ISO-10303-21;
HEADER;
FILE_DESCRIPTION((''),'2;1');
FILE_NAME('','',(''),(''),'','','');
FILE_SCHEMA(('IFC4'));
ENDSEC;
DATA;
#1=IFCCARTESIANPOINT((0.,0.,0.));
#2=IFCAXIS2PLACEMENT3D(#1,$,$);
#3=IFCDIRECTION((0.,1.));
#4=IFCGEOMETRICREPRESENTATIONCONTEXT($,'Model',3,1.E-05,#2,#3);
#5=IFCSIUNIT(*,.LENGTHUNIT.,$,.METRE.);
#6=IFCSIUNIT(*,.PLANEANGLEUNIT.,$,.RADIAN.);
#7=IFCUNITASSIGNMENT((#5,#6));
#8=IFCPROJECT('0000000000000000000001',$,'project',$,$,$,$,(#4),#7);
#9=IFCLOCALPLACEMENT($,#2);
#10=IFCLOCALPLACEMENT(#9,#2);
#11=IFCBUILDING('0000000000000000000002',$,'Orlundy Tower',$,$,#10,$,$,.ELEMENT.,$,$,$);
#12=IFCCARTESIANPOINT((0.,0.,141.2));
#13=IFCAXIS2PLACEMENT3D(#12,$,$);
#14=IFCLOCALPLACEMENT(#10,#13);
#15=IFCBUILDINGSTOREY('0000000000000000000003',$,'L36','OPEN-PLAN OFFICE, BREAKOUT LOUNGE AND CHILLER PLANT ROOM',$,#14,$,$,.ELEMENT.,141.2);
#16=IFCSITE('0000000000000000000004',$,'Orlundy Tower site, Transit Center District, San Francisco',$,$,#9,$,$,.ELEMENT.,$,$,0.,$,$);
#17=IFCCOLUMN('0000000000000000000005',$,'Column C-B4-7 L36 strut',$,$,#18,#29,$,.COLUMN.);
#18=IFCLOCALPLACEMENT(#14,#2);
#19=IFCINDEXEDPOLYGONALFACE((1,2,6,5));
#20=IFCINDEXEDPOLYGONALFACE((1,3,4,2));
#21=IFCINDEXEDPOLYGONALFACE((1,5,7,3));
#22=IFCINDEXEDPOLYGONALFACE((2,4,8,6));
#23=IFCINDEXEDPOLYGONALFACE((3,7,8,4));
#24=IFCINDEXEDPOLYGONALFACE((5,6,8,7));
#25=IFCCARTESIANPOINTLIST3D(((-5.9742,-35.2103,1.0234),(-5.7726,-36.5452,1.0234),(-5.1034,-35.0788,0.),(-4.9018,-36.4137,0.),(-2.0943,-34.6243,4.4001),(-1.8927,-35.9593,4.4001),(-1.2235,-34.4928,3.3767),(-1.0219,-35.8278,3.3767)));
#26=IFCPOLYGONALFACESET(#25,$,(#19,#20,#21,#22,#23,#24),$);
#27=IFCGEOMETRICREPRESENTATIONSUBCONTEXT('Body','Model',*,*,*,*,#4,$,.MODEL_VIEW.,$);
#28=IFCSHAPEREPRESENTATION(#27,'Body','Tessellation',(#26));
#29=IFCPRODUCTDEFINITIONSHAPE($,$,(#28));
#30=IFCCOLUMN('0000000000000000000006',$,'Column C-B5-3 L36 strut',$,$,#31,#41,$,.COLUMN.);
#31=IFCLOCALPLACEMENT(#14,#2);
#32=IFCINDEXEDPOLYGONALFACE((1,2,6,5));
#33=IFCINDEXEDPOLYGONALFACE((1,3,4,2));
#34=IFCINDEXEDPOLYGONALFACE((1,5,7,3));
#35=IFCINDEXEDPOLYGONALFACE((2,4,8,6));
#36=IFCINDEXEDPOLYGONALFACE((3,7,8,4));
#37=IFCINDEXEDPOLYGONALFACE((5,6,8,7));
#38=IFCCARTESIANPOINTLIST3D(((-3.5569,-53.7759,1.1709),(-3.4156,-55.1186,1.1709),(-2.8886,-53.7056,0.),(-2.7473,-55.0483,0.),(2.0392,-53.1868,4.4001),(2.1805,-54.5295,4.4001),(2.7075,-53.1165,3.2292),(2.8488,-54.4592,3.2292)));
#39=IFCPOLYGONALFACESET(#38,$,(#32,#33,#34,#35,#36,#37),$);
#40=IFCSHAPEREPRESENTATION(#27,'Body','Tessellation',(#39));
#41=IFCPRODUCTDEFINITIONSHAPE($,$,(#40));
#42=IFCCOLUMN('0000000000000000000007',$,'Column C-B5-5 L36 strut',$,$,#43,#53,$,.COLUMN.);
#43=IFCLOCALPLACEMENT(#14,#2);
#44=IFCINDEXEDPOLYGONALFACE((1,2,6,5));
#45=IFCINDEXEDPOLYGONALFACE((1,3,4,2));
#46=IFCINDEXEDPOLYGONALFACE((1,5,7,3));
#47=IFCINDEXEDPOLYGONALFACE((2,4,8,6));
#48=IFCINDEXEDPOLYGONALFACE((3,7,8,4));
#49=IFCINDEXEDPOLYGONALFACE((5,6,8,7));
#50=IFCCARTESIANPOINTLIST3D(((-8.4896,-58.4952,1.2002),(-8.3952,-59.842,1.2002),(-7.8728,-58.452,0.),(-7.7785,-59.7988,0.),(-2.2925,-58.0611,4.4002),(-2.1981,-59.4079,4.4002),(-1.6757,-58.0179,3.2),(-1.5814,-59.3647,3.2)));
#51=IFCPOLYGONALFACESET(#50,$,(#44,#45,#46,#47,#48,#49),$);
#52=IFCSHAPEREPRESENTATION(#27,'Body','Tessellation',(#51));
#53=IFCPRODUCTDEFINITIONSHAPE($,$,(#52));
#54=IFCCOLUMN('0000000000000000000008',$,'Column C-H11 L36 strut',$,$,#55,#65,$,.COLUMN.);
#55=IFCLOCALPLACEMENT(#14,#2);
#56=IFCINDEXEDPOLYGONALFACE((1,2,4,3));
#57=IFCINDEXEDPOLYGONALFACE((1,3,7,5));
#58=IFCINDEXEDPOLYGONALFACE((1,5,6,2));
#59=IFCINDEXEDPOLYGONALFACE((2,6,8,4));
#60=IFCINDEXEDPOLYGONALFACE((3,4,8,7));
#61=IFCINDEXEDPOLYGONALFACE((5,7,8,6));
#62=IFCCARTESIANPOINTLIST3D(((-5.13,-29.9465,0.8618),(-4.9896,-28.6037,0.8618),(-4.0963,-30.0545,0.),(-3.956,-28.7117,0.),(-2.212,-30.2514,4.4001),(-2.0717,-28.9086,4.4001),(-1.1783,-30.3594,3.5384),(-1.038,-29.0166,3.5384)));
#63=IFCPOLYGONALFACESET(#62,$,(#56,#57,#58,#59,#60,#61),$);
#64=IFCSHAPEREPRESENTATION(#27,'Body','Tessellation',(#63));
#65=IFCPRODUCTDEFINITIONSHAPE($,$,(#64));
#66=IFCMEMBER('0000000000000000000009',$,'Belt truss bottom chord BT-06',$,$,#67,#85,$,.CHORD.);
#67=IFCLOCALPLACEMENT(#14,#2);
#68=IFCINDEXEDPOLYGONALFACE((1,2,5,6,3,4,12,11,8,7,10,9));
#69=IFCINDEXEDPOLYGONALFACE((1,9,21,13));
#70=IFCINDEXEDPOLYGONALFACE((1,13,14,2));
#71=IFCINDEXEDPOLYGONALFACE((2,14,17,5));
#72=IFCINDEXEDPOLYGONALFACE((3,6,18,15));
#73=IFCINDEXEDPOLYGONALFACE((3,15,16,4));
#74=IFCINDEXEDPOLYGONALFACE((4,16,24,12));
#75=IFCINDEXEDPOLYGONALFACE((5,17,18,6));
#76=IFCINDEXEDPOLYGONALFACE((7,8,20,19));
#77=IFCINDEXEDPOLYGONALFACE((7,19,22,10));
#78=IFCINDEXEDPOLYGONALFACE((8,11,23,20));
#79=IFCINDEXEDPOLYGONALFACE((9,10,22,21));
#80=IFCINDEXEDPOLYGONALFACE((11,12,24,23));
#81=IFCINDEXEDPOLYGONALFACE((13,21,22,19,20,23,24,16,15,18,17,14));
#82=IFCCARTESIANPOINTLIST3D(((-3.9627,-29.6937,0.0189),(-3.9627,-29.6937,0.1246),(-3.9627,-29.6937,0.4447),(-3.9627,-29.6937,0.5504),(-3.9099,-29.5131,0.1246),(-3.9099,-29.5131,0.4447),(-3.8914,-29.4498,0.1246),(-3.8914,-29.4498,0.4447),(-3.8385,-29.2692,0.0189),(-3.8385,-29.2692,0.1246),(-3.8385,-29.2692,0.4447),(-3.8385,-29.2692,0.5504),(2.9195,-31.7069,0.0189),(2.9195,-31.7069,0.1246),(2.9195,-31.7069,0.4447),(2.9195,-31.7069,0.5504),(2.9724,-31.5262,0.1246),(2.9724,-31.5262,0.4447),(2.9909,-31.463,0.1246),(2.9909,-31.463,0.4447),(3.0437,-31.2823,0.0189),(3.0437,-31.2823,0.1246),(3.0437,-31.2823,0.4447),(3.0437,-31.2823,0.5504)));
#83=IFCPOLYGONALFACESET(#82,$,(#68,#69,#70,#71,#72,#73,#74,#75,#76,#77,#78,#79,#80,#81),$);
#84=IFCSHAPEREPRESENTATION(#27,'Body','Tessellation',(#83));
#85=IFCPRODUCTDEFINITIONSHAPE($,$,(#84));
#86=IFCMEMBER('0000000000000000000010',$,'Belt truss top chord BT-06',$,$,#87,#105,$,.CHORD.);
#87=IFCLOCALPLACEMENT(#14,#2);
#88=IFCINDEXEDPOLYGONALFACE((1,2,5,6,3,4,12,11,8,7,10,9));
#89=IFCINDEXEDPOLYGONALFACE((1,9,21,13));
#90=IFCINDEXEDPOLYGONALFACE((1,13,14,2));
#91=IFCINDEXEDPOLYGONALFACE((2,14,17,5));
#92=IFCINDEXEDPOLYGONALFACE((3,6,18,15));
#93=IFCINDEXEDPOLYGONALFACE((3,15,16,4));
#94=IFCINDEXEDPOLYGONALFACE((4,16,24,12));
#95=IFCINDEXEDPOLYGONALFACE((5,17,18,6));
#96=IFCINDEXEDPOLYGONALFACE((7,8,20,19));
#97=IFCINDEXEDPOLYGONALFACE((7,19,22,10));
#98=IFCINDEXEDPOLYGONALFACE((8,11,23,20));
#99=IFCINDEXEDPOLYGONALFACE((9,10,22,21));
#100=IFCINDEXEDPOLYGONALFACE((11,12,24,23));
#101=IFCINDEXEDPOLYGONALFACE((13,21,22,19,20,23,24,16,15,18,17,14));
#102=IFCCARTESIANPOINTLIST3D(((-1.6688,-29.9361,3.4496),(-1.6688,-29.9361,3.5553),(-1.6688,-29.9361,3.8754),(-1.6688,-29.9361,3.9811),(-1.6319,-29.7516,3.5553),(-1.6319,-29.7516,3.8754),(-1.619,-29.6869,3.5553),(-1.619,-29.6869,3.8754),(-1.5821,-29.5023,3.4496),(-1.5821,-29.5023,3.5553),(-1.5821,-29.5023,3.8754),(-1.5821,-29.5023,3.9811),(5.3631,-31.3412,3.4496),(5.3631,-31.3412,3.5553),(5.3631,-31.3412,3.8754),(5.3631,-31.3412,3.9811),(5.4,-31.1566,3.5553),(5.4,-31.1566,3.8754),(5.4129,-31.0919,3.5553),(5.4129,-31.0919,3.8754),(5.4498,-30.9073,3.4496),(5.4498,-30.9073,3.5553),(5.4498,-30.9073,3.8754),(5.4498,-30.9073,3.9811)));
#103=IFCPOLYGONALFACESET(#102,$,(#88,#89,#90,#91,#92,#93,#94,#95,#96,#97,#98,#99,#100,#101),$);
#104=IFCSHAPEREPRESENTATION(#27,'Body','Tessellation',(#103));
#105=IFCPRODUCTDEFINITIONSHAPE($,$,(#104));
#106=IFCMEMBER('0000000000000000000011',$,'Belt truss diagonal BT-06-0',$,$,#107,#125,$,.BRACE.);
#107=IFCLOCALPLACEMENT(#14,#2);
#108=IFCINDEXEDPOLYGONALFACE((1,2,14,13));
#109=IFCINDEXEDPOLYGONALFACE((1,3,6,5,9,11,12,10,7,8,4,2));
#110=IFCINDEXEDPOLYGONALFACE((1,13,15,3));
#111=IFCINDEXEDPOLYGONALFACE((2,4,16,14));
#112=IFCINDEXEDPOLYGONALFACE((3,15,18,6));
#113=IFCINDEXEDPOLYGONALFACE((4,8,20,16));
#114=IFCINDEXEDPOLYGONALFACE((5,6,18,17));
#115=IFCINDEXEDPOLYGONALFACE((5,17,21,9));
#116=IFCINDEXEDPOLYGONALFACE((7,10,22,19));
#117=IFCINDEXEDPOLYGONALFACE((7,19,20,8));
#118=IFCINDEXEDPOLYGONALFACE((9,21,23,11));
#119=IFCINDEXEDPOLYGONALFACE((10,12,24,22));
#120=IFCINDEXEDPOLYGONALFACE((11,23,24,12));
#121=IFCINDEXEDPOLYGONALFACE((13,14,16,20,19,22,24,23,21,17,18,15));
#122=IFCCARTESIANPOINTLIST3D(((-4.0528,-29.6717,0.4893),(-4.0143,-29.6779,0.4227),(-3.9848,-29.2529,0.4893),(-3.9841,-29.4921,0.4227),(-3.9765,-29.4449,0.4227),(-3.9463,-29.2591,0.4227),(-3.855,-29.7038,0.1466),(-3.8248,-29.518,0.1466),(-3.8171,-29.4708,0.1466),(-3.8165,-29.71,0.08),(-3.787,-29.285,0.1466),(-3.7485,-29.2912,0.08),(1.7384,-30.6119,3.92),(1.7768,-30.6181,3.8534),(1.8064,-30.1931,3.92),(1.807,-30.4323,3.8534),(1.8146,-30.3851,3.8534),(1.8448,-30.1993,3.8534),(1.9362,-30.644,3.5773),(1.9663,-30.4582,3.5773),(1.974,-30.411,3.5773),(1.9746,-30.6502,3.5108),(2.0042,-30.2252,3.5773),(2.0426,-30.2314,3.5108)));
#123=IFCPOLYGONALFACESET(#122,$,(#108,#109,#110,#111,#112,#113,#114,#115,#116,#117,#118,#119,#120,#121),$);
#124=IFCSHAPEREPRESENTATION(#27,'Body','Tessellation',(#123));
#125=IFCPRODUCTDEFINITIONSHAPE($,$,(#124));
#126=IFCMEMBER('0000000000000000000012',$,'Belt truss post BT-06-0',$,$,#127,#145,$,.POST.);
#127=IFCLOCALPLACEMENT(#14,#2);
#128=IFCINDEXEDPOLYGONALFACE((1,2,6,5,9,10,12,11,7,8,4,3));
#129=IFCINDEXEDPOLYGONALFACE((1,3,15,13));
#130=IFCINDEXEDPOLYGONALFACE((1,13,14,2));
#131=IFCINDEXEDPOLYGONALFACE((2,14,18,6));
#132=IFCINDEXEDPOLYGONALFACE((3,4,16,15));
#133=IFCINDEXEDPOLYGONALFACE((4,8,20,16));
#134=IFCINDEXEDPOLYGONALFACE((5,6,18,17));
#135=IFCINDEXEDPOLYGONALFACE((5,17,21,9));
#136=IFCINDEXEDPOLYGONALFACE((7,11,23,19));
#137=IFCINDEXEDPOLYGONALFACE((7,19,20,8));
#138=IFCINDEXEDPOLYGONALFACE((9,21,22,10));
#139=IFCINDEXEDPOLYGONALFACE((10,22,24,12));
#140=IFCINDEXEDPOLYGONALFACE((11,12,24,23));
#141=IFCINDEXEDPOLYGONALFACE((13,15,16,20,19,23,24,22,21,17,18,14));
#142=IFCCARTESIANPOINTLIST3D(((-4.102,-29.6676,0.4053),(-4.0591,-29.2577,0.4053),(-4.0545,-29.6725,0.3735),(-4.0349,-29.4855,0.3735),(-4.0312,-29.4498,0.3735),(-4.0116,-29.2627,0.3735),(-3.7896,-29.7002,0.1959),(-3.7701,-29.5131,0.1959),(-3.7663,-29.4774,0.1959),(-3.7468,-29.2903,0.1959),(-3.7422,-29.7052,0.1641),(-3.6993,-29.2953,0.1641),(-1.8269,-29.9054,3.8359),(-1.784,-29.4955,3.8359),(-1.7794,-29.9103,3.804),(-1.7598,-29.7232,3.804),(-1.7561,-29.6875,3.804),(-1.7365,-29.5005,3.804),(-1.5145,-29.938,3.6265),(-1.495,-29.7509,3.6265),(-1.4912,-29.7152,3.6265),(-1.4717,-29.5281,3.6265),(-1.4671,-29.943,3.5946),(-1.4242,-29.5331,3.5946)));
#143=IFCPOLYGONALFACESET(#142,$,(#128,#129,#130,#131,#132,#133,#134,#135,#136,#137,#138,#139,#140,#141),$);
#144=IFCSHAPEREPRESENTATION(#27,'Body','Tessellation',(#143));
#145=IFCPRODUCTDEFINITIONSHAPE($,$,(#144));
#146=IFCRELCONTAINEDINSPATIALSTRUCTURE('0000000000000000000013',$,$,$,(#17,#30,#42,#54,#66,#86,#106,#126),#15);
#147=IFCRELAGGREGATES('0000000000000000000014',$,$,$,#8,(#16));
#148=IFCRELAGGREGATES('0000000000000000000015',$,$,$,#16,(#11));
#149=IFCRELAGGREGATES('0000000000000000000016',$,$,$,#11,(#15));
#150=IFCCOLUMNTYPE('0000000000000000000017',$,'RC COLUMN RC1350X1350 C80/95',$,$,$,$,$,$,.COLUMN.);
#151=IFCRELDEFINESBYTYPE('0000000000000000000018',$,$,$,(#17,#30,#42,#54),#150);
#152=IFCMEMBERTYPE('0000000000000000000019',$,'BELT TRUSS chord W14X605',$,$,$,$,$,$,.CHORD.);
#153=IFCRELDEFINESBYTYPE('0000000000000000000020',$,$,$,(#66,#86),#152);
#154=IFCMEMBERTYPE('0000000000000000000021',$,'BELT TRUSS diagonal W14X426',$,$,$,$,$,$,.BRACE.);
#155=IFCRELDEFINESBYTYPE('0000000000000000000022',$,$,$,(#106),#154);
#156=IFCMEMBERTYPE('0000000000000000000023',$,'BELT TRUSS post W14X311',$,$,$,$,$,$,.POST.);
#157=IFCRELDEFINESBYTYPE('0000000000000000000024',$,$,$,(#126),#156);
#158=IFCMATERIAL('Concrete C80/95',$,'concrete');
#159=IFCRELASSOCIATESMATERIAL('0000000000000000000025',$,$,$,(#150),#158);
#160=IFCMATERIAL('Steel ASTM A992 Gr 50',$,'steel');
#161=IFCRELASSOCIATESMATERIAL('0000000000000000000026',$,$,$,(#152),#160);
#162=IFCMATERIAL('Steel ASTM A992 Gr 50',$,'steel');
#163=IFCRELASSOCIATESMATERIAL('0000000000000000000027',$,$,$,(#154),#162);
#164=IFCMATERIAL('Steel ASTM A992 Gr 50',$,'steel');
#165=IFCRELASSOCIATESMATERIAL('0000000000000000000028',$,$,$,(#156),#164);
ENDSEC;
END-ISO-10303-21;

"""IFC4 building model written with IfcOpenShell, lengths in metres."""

from ifc_helpers import new_model, si_unit, direction, frame, origin, origin_2d, place, context, subcontext, project, spatial, rectangle, i_section, extrude, material, material_profile, profile_set, type_object, element, save


model = new_model("IFC4")

# Units and contexts
model_context = context("Model", 3, precision=1e-05, world=origin(), true_north=direction((0.0, 1.0)))
body_context = subcontext(model_context, "Body", "Model", "MODEL_VIEW")
ifc_project = project(units=[si_unit("LENGTHUNIT", "METRE"), si_unit("PLANEANGLEUNIT", "RADIAN")], contexts=[model_context])

# Site, building, storey
site_placement = place(None, origin())
site = spatial("IfcSite", under=ifc_project, at=site_placement, Name="Orlundy Tower site, Transit Center District, San Francisco", CompositionType="ELEMENT", RefElevation=0.0)
building_placement = place(site_placement, origin())
building = spatial("IfcBuilding", under=site, at=building_placement, Name="Orlundy Tower", CompositionType="ELEMENT")
storey_placement = place(building_placement, frame((0.0, 0.0, 141.2)))
storey = spatial("IfcBuildingStorey", under=building, at=storey_placement, Name="L36", Description="OPEN-PLAN OFFICE, BREAKOUT LOUNGE AND CHILLER PLANT ROOM", CompositionType="ELEMENT", Elevation=141.2)

# Columns
ifc_material_1 = material(Name="Concrete C80/95", Category="concrete")
ifc_material_profile_1 = material_profile(ifc_material_1, rectangle(XDim=1.3501, YDim=1.3501, at=origin_2d()), Name="RC1350X1350")
ifc_profile_set_1 = profile_set([ifc_material_profile_1], Name="Concrete C80/95")
column_type = type_object("IfcColumnType", Name="RC COLUMN RC1350X1350 C80/95", PredefinedType="COLUMN", material=ifc_profile_set_1)
column_1_placement = place(storey_placement, frame((-5.438, -35.812, 0.5117), z_axis=(0.749479, 0.113186, 0.652281), x_axis=(-0.149326, 0.988788, 0.0)))
element("IfcColumn", 1, at=column_1_placement, inside=storey, type_object=column_type, Name="Column C-B4-7 L36 strut", PredefinedType="COLUMN", context=body_context, shape_type="SweptSolid", body=[
    extrude(rectangle(XDim=1.3501, YDim=1.3501, at=origin_2d()), origin(), (0.0, 0.0, 1.0), 5.1768),
])
column_2_placement = place(storey_placement, frame((-3.1521, -54.4121, 0.5854), z_axis=(0.862562, 0.090802, 0.497736), x_axis=(-0.104692, 0.994505, 0.0)))
element("IfcColumn", 2, at=column_2_placement, inside=storey, type_object=column_type, Name="Column C-B5-3 L36 strut", PredefinedType="COLUMN", context=body_context, shape_type="SweptSolid", body=[
    extrude(rectangle(XDim=1.3501, YDim=1.3501, at=origin_2d()), origin(), (0.0, 0.0, 1.0), 6.4878),
])
column_3_placement = place(storey_placement, frame((-8.134, -59.147, 0.6001), z_axis=(0.886818, 0.062119, 0.457925), x_axis=(-0.069876, 0.997556, 0.0)))
element("IfcColumn", 3, at=column_3_placement, inside=storey, type_object=column_type, Name="Column C-B5-5 L36 strut", PredefinedType="COLUMN", context=body_context, shape_type="SweptSolid", body=[
    extrude(rectangle(XDim=1.3501, YDim=1.3501, at=origin_2d()), origin(), (0.0, 0.0, 1.0), 6.988),
])
column_4_placement = place(storey_placement, frame((-4.543, -29.3291, 0.4309), z_axis=(0.634832, -0.066341, 0.769797), x_axis=(0.103935, 0.994584, 0.0)))
element("IfcColumn", 4, at=column_4_placement, inside=storey, type_object=column_type, Name="Column C-H11 L36 strut", PredefinedType="COLUMN", context=body_context, shape_type="SweptSolid", body=[
    extrude(rectangle(XDim=1.3501, YDim=1.3501, at=origin_2d()), origin(), (0.0, 0.0, 1.0), 4.5964),
])

# Members
ifc_material_2 = material(Name="Steel ASTM A992 Gr 50", Category="steel")
ifc_material_profile_2 = material_profile(ifc_material_2, i_section(OverallWidth=0.4424, OverallDepth=0.5315, WebThickness=0.0659, FlangeThickness=0.1057, at=origin_2d()), Name="W14X605")
ifc_profile_set_2 = profile_set([ifc_material_profile_2], Name="Steel ASTM A992 Gr 50")
member_type_1 = type_object("IfcMemberType", Name="BELT TRUSS chord W14X605", PredefinedType="CHORD", material=ifc_profile_set_2)
member_1_placement = place(storey_placement, frame((-3.9006, -29.4814, 0.2847), z_axis=(0.959781, -0.28075, 0.0), x_axis=(0.28075, 0.959781, 0.0)))
element("IfcMember", 5, at=member_1_placement, inside=storey, type_object=member_type_1, Name="Belt truss bottom chord BT-06", PredefinedType="CHORD", context=body_context, shape_type="SweptSolid", body=[
    extrude(i_section(OverallWidth=0.4424, OverallDepth=0.5315, WebThickness=0.0659, FlangeThickness=0.1057, at=origin_2d()), origin(), (0.0, 0.0, 1.0), 7.1707),
])
member_2_placement = place(storey_placement, frame((-1.6255, -29.7192, 3.7153), z_axis=(0.980617, -0.195933, 0.0), x_axis=(0.195933, 0.980617, 0.0)))
element("IfcMember", 6, at=member_2_placement, inside=storey, type_object=member_type_1, Name="Belt truss top chord BT-06", PredefinedType="CHORD", context=body_context, shape_type="SweptSolid", body=[
    extrude(i_section(OverallWidth=0.4424, OverallDepth=0.5315, WebThickness=0.0659, FlangeThickness=0.1057, at=origin_2d()), origin(), (0.0, 0.0, 1.0), 7.1709),
])
ifc_material_3 = material(Name="Steel ASTM A992 Gr 50", Category="steel")
ifc_material_profile_3 = material_profile(ifc_material_3, i_section(OverallWidth=0.4243, OverallDepth=0.4741, WebThickness=0.0479, FlangeThickness=0.0771, at=origin_2d()), Name="W14X426")
ifc_profile_set_3 = profile_set([ifc_material_profile_3], Name="Steel ASTM A992 Gr 50")
member_type_2 = type_object("IfcMemberType", Name="BELT TRUSS diagonal W14X426", PredefinedType="BRACE", material=ifc_profile_set_3)
member_3_placement = place(storey_placement, frame((-3.9006, -29.4814, 0.2847), z_axis=(0.852088, -0.138338, 0.504786), x_axis=(0.160254, 0.987076, 0.0)))
element("IfcMember", 7, at=member_3_placement, inside=storey, type_object=member_type_2, Name="Belt truss diagonal BT-06-0", PredefinedType="BRACE", context=body_context, shape_type="SweptSolid", body=[
    extrude(i_section(OverallWidth=0.4243, OverallDepth=0.4741, WebThickness=0.0479, FlangeThickness=0.0771, at=origin_2d()), origin(), (0.0, 0.0, 1.0), 6.7964),
])
ifc_material_4 = material(Name="Steel ASTM A992 Gr 50", Category="steel")
ifc_material_profile_4 = material_profile(ifc_material_4, i_section(OverallWidth=0.4121, OverallDepth=0.4348, WebThickness=0.0359, FlangeThickness=0.0574, at=origin_2d()), Name="W14X311")
ifc_profile_set_4 = profile_set([ifc_material_profile_4], Name="Steel ASTM A992 Gr 50")
member_type_3 = type_object("IfcMemberType", Name="BELT TRUSS post W14X311", PredefinedType="POST", material=ifc_profile_set_4)
member_4_placement = place(storey_placement, frame((-3.9006, -29.4814, 0.2847), z_axis=(0.551767, -0.057669, 0.832002), x_axis=(0.103951, 0.994582, 0.0)))
element("IfcMember", 8, at=member_4_placement, inside=storey, type_object=member_type_3, Name="Belt truss post BT-06-0", PredefinedType="POST", context=body_context, shape_type="SweptSolid", body=[
    extrude(i_section(OverallWidth=0.4121, OverallDepth=0.4348, WebThickness=0.0359, FlangeThickness=0.0574, at=origin_2d()), origin(), (0.0, 0.0, 1.0), 4.1233),
])

save(model, "model.ifc")
